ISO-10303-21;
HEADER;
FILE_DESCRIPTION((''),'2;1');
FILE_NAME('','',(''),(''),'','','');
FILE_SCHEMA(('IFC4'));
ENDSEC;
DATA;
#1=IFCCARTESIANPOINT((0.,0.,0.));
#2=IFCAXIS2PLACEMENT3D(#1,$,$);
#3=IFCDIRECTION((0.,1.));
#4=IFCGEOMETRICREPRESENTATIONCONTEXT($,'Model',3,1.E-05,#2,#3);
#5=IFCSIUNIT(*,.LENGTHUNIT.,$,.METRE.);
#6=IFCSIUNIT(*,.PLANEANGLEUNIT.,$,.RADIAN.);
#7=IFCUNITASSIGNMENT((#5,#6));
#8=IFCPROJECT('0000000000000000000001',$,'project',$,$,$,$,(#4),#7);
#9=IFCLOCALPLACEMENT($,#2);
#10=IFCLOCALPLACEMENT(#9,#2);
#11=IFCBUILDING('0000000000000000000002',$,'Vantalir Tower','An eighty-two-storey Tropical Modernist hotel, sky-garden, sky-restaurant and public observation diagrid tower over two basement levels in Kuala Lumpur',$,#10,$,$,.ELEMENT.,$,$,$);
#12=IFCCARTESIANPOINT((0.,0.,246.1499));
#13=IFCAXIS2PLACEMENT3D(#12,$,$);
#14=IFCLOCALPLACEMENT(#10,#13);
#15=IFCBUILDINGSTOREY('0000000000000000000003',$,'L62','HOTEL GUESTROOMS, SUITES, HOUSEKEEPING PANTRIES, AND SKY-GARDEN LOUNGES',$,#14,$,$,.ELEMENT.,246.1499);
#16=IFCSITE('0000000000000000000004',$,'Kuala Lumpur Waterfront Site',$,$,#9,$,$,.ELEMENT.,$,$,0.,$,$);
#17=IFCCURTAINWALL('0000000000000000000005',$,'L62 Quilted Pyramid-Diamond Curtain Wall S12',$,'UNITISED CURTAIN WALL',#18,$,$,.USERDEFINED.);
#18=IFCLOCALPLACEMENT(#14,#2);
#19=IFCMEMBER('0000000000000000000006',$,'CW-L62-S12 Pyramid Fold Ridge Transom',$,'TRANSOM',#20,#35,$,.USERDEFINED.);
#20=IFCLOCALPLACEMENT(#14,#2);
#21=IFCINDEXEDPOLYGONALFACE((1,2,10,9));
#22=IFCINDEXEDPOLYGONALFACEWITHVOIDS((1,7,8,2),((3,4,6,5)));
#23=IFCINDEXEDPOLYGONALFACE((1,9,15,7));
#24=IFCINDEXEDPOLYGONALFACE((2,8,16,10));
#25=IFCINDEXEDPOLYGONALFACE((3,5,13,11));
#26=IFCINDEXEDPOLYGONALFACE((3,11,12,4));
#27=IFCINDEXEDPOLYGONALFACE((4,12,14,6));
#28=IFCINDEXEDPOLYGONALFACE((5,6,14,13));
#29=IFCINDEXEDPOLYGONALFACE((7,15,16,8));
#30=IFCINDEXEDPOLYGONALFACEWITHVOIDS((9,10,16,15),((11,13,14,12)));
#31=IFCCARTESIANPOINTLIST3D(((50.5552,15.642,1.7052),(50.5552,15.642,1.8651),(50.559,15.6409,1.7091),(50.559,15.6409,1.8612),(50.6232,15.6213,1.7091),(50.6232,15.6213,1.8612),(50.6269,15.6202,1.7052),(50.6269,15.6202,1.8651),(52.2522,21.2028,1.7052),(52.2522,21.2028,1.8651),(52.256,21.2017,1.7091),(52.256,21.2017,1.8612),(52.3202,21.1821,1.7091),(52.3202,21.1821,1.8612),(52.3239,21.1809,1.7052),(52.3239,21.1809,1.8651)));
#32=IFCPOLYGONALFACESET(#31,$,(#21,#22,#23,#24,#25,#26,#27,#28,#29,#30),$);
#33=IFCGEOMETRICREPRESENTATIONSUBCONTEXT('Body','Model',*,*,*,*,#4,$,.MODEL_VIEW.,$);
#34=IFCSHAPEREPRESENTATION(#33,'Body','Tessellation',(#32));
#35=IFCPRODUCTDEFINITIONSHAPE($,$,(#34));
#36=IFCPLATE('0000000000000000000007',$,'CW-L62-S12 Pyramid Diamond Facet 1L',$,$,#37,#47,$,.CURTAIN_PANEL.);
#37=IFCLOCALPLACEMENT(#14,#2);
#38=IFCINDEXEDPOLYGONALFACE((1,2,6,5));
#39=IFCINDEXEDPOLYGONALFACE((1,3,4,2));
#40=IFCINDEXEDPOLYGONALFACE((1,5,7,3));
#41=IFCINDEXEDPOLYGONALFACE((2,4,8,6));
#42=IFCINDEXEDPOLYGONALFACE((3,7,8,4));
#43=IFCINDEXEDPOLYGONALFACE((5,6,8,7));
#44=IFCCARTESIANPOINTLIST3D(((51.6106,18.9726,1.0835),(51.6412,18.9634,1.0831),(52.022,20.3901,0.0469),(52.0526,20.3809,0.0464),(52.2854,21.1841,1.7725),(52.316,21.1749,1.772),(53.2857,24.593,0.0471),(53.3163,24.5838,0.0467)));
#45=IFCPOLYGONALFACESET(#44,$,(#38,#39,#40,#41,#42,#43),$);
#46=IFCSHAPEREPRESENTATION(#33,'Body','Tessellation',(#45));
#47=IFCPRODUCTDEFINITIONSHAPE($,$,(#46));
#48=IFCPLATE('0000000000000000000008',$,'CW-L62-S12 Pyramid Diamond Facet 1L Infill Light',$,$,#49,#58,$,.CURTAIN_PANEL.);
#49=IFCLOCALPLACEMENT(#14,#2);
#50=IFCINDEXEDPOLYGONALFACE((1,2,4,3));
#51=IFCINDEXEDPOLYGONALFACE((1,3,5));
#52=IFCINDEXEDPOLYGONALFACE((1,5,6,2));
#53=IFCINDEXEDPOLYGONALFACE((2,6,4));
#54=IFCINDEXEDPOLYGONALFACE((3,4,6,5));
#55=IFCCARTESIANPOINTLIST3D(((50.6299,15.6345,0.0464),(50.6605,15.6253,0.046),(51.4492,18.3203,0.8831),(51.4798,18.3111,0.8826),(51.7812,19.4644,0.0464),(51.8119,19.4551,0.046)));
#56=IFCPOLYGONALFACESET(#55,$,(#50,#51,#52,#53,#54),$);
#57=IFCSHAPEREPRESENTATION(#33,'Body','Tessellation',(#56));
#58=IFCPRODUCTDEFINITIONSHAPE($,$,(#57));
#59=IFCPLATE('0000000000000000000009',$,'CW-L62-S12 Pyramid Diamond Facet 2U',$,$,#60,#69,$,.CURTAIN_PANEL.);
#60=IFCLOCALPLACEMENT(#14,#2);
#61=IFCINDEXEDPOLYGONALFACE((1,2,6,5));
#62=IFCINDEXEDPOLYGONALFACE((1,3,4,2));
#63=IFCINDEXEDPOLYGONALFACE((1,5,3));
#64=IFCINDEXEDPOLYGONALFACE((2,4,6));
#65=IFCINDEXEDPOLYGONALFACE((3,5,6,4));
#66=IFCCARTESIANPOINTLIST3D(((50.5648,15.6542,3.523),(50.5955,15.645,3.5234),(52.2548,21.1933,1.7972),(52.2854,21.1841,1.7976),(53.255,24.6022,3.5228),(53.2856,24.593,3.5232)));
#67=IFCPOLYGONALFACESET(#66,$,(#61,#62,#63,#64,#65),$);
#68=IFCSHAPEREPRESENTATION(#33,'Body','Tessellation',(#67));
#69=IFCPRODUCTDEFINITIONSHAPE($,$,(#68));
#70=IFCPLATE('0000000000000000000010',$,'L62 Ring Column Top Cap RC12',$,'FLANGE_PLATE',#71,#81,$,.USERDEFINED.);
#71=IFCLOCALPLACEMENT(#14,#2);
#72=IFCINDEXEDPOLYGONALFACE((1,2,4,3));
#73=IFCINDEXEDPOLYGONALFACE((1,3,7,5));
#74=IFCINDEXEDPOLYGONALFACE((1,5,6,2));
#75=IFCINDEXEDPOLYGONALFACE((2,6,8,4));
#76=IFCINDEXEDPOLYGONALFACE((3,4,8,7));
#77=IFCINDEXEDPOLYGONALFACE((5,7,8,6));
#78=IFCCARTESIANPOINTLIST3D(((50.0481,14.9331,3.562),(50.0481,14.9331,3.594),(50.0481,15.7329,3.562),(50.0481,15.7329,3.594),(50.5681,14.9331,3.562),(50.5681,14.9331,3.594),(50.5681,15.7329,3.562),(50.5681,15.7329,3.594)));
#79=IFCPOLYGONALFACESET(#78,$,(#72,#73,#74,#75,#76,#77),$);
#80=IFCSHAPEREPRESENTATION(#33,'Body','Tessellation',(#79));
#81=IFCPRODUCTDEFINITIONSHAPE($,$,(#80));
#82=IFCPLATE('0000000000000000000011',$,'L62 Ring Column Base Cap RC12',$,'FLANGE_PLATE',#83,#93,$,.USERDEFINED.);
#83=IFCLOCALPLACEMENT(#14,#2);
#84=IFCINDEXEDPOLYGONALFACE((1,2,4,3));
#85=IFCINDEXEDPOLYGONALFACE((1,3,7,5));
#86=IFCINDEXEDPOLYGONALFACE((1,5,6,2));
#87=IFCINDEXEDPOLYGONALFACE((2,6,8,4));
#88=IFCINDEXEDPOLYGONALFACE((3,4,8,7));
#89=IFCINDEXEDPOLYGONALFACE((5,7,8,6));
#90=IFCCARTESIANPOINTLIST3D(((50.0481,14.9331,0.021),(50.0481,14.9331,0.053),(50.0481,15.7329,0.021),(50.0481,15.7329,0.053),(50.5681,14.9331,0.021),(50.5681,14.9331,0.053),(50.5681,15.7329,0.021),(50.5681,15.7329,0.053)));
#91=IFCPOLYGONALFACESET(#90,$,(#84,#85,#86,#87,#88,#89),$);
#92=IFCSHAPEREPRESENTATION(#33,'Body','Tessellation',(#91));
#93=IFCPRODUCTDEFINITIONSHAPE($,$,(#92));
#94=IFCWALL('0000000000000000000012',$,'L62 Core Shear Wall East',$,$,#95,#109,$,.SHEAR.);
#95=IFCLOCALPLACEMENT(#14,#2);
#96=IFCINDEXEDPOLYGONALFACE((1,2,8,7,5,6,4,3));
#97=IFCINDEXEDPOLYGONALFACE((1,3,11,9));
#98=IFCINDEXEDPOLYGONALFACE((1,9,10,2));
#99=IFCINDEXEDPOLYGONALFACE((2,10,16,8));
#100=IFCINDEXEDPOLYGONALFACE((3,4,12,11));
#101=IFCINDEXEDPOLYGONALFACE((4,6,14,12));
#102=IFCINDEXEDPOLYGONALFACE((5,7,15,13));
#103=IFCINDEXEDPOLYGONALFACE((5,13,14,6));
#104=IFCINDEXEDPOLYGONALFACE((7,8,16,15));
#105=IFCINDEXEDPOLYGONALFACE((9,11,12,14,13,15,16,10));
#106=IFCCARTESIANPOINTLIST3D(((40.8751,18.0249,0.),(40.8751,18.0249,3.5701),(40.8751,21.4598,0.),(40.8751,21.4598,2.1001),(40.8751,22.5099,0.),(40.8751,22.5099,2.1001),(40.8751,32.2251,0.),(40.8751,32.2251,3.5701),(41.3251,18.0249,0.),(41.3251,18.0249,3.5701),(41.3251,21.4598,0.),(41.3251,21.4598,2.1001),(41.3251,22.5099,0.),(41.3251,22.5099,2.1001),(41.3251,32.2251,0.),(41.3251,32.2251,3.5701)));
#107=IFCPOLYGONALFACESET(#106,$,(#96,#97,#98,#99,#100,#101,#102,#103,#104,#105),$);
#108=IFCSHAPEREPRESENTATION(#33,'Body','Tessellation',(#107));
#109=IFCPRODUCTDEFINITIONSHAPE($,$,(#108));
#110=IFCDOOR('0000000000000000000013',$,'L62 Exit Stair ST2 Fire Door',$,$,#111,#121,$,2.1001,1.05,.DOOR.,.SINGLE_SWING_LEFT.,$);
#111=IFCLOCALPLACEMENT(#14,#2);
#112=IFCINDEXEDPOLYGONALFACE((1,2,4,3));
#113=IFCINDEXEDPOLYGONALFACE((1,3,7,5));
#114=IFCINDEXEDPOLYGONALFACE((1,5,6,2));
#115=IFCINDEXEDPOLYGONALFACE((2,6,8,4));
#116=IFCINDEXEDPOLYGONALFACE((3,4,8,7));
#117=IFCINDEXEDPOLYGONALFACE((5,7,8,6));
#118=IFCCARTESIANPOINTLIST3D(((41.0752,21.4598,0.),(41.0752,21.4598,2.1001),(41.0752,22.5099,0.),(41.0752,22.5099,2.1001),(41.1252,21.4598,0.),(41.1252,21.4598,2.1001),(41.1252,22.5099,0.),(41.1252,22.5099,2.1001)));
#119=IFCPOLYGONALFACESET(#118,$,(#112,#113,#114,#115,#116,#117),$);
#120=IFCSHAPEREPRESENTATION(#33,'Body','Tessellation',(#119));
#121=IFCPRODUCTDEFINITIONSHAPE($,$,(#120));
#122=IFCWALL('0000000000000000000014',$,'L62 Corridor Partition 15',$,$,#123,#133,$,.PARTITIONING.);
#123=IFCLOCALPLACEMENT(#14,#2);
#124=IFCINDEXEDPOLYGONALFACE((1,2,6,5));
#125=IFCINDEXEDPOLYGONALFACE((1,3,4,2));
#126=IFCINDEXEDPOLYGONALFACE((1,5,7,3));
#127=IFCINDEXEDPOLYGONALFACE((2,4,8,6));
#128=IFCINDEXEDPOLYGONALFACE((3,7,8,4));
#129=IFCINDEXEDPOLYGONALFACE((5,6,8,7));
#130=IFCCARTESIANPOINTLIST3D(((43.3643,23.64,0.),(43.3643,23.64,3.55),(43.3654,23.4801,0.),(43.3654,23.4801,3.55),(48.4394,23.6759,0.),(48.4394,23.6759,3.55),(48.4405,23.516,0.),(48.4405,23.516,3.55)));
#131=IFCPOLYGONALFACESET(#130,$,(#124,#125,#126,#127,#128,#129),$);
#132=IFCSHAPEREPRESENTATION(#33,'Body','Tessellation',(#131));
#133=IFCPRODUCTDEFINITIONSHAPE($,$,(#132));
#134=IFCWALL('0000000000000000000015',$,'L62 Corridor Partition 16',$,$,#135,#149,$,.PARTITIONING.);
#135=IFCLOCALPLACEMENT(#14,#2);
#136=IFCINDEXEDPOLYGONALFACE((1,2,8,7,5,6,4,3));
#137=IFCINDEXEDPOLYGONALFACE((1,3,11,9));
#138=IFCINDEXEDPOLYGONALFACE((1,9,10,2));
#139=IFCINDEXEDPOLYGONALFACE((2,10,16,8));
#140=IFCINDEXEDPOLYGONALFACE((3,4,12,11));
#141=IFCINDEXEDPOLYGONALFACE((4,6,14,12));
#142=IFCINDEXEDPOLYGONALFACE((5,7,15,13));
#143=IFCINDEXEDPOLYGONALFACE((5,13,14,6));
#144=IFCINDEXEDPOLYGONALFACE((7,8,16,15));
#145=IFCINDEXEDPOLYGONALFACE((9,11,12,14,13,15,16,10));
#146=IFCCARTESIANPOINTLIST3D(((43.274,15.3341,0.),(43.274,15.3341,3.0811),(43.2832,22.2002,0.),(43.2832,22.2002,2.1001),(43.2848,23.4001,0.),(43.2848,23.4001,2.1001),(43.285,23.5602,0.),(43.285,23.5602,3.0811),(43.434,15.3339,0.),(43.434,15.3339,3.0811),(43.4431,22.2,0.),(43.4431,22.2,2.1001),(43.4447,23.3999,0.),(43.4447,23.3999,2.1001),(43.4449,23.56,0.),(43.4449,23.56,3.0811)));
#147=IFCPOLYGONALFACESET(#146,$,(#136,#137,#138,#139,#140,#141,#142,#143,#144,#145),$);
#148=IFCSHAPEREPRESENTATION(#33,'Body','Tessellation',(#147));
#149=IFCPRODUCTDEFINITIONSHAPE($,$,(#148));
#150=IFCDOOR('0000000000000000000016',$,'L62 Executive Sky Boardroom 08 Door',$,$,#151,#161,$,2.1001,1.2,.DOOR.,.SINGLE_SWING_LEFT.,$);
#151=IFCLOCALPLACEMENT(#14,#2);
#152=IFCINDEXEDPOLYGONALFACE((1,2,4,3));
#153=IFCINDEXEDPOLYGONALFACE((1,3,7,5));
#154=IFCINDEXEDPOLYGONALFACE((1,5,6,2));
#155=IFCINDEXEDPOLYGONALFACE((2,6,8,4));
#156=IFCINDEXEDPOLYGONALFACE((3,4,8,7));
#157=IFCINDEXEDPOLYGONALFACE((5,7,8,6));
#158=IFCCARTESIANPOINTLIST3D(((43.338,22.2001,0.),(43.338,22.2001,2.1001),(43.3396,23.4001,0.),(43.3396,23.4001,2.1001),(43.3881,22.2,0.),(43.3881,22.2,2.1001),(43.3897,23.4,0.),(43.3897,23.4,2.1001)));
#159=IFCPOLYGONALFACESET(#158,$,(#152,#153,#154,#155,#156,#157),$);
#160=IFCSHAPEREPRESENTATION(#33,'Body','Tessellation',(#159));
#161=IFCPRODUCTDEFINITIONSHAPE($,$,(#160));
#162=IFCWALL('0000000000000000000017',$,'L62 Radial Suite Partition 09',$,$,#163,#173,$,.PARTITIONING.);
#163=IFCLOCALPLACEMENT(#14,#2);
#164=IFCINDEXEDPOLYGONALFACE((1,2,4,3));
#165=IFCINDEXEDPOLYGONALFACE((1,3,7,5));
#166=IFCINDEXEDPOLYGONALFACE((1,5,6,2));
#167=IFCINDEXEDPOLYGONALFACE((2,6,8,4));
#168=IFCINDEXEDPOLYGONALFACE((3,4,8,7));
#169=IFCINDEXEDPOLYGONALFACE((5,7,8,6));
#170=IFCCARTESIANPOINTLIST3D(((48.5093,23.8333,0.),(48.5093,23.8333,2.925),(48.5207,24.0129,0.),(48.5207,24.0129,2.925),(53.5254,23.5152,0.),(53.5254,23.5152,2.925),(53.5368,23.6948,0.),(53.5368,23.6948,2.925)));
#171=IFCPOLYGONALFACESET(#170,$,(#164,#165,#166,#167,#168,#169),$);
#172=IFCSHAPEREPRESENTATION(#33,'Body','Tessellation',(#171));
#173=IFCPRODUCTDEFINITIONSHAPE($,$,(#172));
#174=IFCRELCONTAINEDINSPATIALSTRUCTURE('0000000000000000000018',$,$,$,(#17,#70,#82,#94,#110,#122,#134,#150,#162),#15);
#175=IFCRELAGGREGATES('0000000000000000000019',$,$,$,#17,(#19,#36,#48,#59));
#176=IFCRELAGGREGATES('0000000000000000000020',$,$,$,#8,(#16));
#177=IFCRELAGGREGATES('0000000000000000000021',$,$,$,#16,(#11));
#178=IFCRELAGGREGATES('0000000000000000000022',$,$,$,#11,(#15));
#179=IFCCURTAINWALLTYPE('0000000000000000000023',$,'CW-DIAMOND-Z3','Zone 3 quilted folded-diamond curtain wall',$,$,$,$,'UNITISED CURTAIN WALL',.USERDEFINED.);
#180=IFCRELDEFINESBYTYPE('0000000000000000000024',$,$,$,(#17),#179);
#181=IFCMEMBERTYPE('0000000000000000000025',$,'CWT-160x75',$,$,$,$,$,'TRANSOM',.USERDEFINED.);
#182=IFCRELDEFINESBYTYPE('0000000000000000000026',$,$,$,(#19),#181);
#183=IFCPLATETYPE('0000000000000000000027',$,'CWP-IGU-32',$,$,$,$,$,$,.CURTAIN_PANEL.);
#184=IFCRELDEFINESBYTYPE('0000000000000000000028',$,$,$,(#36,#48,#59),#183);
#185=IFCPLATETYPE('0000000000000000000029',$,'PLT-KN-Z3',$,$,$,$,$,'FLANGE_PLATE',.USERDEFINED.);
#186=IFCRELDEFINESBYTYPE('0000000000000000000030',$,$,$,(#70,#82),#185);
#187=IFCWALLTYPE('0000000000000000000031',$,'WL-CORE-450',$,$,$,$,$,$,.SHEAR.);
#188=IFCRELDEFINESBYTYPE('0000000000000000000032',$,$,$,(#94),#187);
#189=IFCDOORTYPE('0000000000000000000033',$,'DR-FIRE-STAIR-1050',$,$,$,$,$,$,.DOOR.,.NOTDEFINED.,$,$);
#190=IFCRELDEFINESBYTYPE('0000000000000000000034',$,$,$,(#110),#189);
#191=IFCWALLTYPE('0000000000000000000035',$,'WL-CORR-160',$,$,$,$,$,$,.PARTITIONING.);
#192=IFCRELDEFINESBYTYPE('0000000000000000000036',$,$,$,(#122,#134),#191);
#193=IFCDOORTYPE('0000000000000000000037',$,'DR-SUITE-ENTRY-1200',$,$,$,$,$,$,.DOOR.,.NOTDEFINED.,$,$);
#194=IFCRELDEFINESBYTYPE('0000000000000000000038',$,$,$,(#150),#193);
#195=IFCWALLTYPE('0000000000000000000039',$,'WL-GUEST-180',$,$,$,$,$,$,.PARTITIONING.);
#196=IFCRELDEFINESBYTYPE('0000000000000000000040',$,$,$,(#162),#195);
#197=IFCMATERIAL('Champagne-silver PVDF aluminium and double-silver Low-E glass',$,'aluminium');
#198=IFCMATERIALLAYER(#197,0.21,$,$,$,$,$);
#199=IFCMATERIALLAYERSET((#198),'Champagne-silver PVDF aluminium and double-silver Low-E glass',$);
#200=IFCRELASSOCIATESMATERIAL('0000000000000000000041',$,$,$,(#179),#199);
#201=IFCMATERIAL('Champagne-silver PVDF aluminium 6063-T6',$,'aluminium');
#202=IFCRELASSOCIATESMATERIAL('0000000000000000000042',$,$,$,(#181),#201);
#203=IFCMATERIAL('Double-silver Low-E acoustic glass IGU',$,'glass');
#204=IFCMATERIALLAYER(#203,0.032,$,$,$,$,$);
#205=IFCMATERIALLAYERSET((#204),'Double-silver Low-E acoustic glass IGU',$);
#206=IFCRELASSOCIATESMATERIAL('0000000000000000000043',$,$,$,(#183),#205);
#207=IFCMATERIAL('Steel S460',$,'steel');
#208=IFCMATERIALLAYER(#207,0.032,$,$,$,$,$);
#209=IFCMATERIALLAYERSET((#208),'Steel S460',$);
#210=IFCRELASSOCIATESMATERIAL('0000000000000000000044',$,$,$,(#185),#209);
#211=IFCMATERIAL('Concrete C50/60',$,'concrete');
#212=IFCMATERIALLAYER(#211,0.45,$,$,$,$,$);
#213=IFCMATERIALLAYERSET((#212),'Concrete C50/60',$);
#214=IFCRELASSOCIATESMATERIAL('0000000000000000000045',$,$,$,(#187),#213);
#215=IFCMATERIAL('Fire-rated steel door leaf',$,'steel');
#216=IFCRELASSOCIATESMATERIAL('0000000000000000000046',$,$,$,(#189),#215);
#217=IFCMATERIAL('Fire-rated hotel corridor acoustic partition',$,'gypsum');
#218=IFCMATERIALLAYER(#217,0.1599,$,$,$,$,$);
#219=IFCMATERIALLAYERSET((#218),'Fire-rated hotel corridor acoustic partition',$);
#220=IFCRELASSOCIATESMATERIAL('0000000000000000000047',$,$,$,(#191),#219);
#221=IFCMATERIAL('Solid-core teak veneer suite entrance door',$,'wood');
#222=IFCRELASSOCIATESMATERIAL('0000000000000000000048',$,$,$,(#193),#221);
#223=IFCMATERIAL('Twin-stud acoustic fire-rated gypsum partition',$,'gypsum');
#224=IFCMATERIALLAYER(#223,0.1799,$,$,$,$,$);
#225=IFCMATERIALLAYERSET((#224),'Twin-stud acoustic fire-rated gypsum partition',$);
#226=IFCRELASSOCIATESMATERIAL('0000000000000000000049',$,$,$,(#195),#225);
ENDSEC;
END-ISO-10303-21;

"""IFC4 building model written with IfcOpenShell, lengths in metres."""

from ifc_helpers import new_model, si_unit, direction, frame, frame_2d, origin, origin_2d, place, context, subcontext, project, spatial, polyline, rectangle, hollow_rectangle, outline, extrude, material, layer, layer_set, material_profile, profile_set, type_object, element, fill, aggregate, save


model = new_model("IFC4")

# Units and contexts
model_context = context("Model", 3, precision=1e-05, world=origin(), true_north=direction((0.0, 1.0)))
body_context = subcontext(model_context, "Body", "Model", "MODEL_VIEW")
ifc_project = project(units=[si_unit("LENGTHUNIT", "METRE"), si_unit("PLANEANGLEUNIT", "RADIAN")], contexts=[model_context])

# Site, building, storey
site_placement = place(None, origin())
site = spatial("IfcSite", under=ifc_project, at=site_placement, Name="Kuala Lumpur Waterfront Site", CompositionType="ELEMENT", RefElevation=0.0)
building_placement = place(site_placement, origin())
building = spatial("IfcBuilding", under=site, at=building_placement, Name="Vantalir Tower", Description="An eighty-two-storey Tropical Modernist hotel, sky-garden, sky-restaurant and public observation diagrid tower over two basement levels in Kuala Lumpur", CompositionType="ELEMENT")
storey_placement = place(building_placement, frame((0.0, 0.0, 246.1499)))
storey = spatial("IfcBuildingStorey", under=building, at=storey_placement, Name="L62", Description="HOTEL GUESTROOMS, SUITES, HOUSEKEEPING PANTRIES, AND SKY-GARDEN LOUNGES", CompositionType="ELEMENT", Elevation=246.1499)

# Shared definitions
ifc_material_1 = material(Name="Concrete C50/60", Category="concrete")
ifc_material_2 = material(Name="Steel S460", Category="steel")

# Curtain wall, member, plates
ifc_material_3 = material(Name="Champagne-silver PVDF aluminium and double-silver Low-E glass", Category="aluminium")
ifc_layer_1 = layer(ifc_material_3, 0.21)
ifc_layer_set_1 = layer_set([ifc_layer_1], Name="Champagne-silver PVDF aluminium and double-silver Low-E glass")
curtain_wall_type = type_object("IfcCurtainWallType", Name="CW-DIAMOND-Z3", Description="Zone 3 quilted folded-diamond curtain wall", ElementType="UNITISED CURTAIN WALL", PredefinedType="USERDEFINED", material=ifc_layer_set_1)
curtain_wall_placement = place(storey_placement, origin())
curtain_wall = element("IfcCurtainWall", 1, at=curtain_wall_placement, inside=storey, type_object=curtain_wall_type, Name="L62 Quilted Pyramid-Diamond Curtain Wall S12", ObjectType="UNITISED CURTAIN WALL", PredefinedType="USERDEFINED")
ifc_material_4 = material(Name="Champagne-silver PVDF aluminium 6063-T6", Category="aluminium")
ifc_material_profile_1 = material_profile(ifc_material_4, hollow_rectangle(XDim=0.075, YDim=0.1599, WallThickness=0.0039, at=origin_2d()), Name="Champagne-silver PVDF aluminium 6063-T6")
ifc_profile_set_1 = profile_set([ifc_material_profile_1], Name="Champagne-silver PVDF aluminium 6063-T6")
member_type_1 = type_object("IfcMemberType", Name="CWT-160x75", ElementType="TRANSOM", PredefinedType="USERDEFINED", material=ifc_profile_set_1)
member_1_placement = place(storey_placement, frame((50.5911, 15.6311, 1.7852), z_axis=(0.291887, 0.956453, 0.0), x_axis=(-0.956453, 0.291887, 0.0)))
member_1 = element("IfcMember", 2, at=member_1_placement, type_object=member_type_1, Name="CW-L62-S12 Pyramid Fold Ridge Transom", ObjectType="TRANSOM", PredefinedType="USERDEFINED", context=body_context, shape_type="SweptSolid", body=[
    extrude(hollow_rectangle(XDim=0.075, YDim=0.1599, WallThickness=0.0039, at=origin_2d()), origin(), (0.0, 0.0, 1.0), 5.814),
])
ifc_material_5 = material(Name="Double-silver Low-E acoustic glass IGU", Category="glass")
ifc_layer_2 = layer(ifc_material_5, 0.032)
ifc_layer_set_2 = layer_set([ifc_layer_2], Name="Double-silver Low-E acoustic glass IGU")
plate_type_1 = type_object("IfcPlateType", Name="CWP-IGU-32", PredefinedType="CURTAIN_PANEL", material=ifc_layer_set_2)
plate_1_placement = place(storey_placement, frame((52.022, 20.3901, 0.0469), z_axis=(-0.957559, 0.287912, 0.013712), x_axis=(0.28794, 0.957649, 0.000056)))
plate_1 = element("IfcPlate", 3, at=plate_1_placement, type_object=plate_type_1, Name="CW-L62-S12 Pyramid Diamond Facet 1L", PredefinedType="CURTAIN_PANEL", context=body_context, shape_type="SweptSolid", body=[
    extrude(outline(polyline([(0.0, 0.0), (4.3887, 0.0), (0.8363, -1.7257), (-1.4758, -1.0368), (0.0, 0.0)])), origin(), (0.0, 0.0, -1.0), 0.032),
])
plate_2_placement = place(storey_placement, frame((50.6299, 15.6345, 0.0464), z_axis=(-0.957571, 0.287876, 0.013624), x_axis=(0.287902, 0.95766, 0.0)))
plate_2 = element("IfcPlate", 4, at=plate_2_placement, type_object=plate_type_1, Name="CW-L62-S12 Pyramid Diamond Facet 1L Infill Light", PredefinedType="CURTAIN_PANEL", context=body_context, shape_type="SweptSolid", body=[
    extrude(outline(polyline([(0.0, 0.0), (3.9992, 0.0), (2.808, -0.8367), (0.0, 0.0)])), origin(), (0.0, 0.0, -1.0), 0.032),
])
plate_3_placement = place(storey_placement, frame((53.2856, 24.593, 3.5232), z_axis=(0.957566, -0.287889, 0.013673), x_axis=(-0.287916, -0.957656, 0.000026)))
plate_3 = element("IfcPlate", 5, at=plate_3_placement, type_object=plate_type_1, Name="CW-L62-S12 Pyramid Diamond Facet 2U", PredefinedType="CURTAIN_PANEL", context=body_context, shape_type="SweptSolid", body=[
    extrude(outline(polyline([(0.0, 0.0), (9.3436, 0.0), (3.5525, 1.7258), (0.0, 0.0)])), origin(), (0.0, 0.0, -1.0), 0.032),
])
aggregate(curtain_wall, [member_1, plate_1, plate_2, plate_3])

# Plates
ifc_layer_3 = layer(ifc_material_2, 0.032)
ifc_layer_set_3 = layer_set([ifc_layer_3], Name="Steel S460")
plate_type_2 = type_object("IfcPlateType", Name="PLT-KN-Z3", ElementType="FLANGE_PLATE", PredefinedType="USERDEFINED", material=ifc_layer_set_3)
for number, where, z_axis, x_axis, name in (
    (6, (50.0481, 15.7329, 3.594), (0.0, 0.0, 1.0), (0.0, -1.0, 0.0), "L62 Ring Column Top Cap RC12"),
    (7, (50.0481, 15.7329, 0.053), (0.0, 0.0, 1.0), (0.0, -1.0, 0.0), "L62 Ring Column Base Cap RC12"),
):
    element("IfcPlate", number, at=place(storey_placement, frame(where, z_axis=z_axis, x_axis=x_axis)), inside=storey, type_object=plate_type_2, Name=name, ObjectType="FLANGE_PLATE", PredefinedType="USERDEFINED", context=body_context, shape_type="SweptSolid", body=[
        extrude(outline(polyline([(0.0, 0.0), (0.7998, 0.0), (0.7998, 0.52), (0.0, 0.52), (0.0, 0.0)])), origin(), (0.0, 0.0, -1.0), 0.032),
    ])

# Wall, opening, door
ifc_layer_4 = layer(ifc_material_1, 0.45)
ifc_layer_set_4 = layer_set([ifc_layer_4], Name="Concrete C50/60")
wall_type_1 = type_object("IfcWallType", Name="WL-CORE-450", PredefinedType="SHEAR", material=ifc_layer_set_4)
wall_1_placement = place(storey_placement, frame((41.1001, 18.0249, 0.0), z_axis=(0.0, 0.0, 1.0), x_axis=(0.0, 1.0, 0.0)))
wall_1 = element("IfcWall", 8, at=wall_1_placement, inside=storey, type_object=wall_type_1, Name="L62 Core Shear Wall East", PredefinedType="SHEAR", context=body_context, shape_type="SweptSolid", body=[
    extrude(rectangle(XDim=14.2002, YDim=0.45, at=frame_2d((7.1001, 0.0))), origin(), (0.0, 0.0, 1.0), 3.5701),
])
opening_1_placement = place(wall_1_placement, frame((3.4351, 0.0, 0.0)))
opening_1 = element("IfcOpeningElement", 9, at=opening_1_placement, cuts=wall_1, PredefinedType="OPENING", context=body_context, shape_type="SweptSolid", body=[
    extrude(rectangle(XDim=1.05, YDim=2.1001, at=frame_2d((0.5249, 1.05))), frame((0.0, 0.2349, 0.0), z_axis=(0.0, -1.0, 0.0), x_axis=(1.0, 0.0, 0.0)), (0.0, 0.0, 1.0), 0.47),
])
ifc_material_6 = material(Name="Fire-rated steel door leaf", Category="steel")
door_type_1 = type_object("IfcDoorType", Name="DR-FIRE-STAIR-1050", OperationType="NOTDEFINED", PredefinedType="DOOR", material=ifc_material_6)
door_1_placement = place(opening_1_placement, origin())
door_1 = element("IfcDoor", 10, at=door_1_placement, inside=storey, type_object=door_type_1, Name="L62 Exit Stair ST2 Fire Door", OperationType="SINGLE_SWING_LEFT", OverallHeight=2.1001, OverallWidth=1.05, PredefinedType="DOOR", context=body_context, shape_type="SweptSolid", body=[
    extrude(rectangle(XDim=1.05, YDim=2.1001, at=frame_2d((0.5249, 1.05))), frame((0.0, 0.0249, 0.0), z_axis=(0.0, -1.0, 0.0), x_axis=(1.0, 0.0, 0.0)), (0.0, 0.0, 1.0), 0.05),
])
fill(opening_1, door_1)

# Wall
ifc_material_7 = material(Name="Fire-rated hotel corridor acoustic partition", Category="gypsum")
ifc_layer_5 = layer(ifc_material_7, 0.1599)
ifc_layer_set_5 = layer_set([ifc_layer_5], Name="Fire-rated hotel corridor acoustic partition")
wall_type_2 = type_object("IfcWallType", Name="WL-CORR-160", PredefinedType="PARTITIONING", material=ifc_layer_set_5)
wall_2_placement = place(storey_placement, frame((48.4399, 23.5959, 0.0), z_axis=(0.0, 0.0, 1.0), x_axis=(-0.999975, -0.007072, 0.0)))
element("IfcWall", 11, at=wall_2_placement, inside=storey, type_object=wall_type_2, Name="L62 Corridor Partition 15", PredefinedType="PARTITIONING", context=body_context, shape_type="SweptSolid", body=[
    extrude(rectangle(XDim=5.0752, YDim=0.1599, at=frame_2d((2.5376, 0.0))), origin(), (0.0, 0.0, 1.0), 3.55),
])

# Wall, opening, door
wall_3_placement = place(storey_placement, frame((43.365, 23.5601, 0.0), z_axis=(0.0, 0.0, 1.0), x_axis=(-0.001336, -0.999999, 0.0)))
wall_3 = element("IfcWall", 12, at=wall_3_placement, inside=storey, type_object=wall_type_2, Name="L62 Corridor Partition 16", PredefinedType="PARTITIONING", context=body_context, shape_type="SweptSolid", body=[
    extrude(rectangle(XDim=8.2261, YDim=0.1599, at=frame_2d((4.113, 0.0))), origin(), (0.0, 0.0, 1.0), 3.0811),
])
opening_2_placement = place(wall_3_placement, frame((0.1599, 0.0, 0.0)))
opening_2 = element("IfcOpeningElement", 13, at=opening_2_placement, cuts=wall_3, PredefinedType="OPENING", context=body_context, shape_type="SweptSolid", body=[
    extrude(rectangle(XDim=1.2, YDim=2.1001, at=frame_2d((0.6001, 1.05))), frame((0.0, 0.0898, 0.0), z_axis=(0.0, -1.0, 0.0), x_axis=(1.0, 0.0, 0.0)), (0.0, 0.0, 1.0), 0.1799),
])
ifc_material_8 = material(Name="Solid-core teak veneer suite entrance door", Category="wood")
door_type_2 = type_object("IfcDoorType", Name="DR-SUITE-ENTRY-1200", OperationType="NOTDEFINED", PredefinedType="DOOR", material=ifc_material_8)
door_2_placement = place(opening_2_placement, origin())
door_2 = element("IfcDoor", 14, at=door_2_placement, inside=storey, type_object=door_type_2, Name="L62 Executive Sky Boardroom 08 Door", OperationType="SINGLE_SWING_LEFT", OverallHeight=2.1001, OverallWidth=1.2, PredefinedType="DOOR", context=body_context, shape_type="SweptSolid", body=[
    extrude(rectangle(XDim=1.2, YDim=2.1001, at=frame_2d((0.6001, 1.05))), frame((0.0, 0.0249, 0.0), z_axis=(0.0, -1.0, 0.0), x_axis=(1.0, 0.0, 0.0)), (0.0, 0.0, 1.0), 0.05),
])
fill(opening_2, door_2)

# Wall
ifc_material_9 = material(Name="Twin-stud acoustic fire-rated gypsum partition", Category="gypsum")
ifc_layer_6 = layer(ifc_material_9, 0.1799)
ifc_layer_set_6 = layer_set([ifc_layer_6], Name="Twin-stud acoustic fire-rated gypsum partition")
wall_type_3 = type_object("IfcWallType", Name="WL-GUEST-180", PredefinedType="PARTITIONING", material=ifc_layer_set_6)
wall_4_placement = place(storey_placement, frame((48.5149, 23.9231, 0.0), z_axis=(0.0, 0.0, 1.0), x_axis=(0.997995, -0.063292, 0.0)))
element("IfcWall", 15, at=wall_4_placement, inside=storey, type_object=wall_type_3, Name="L62 Radial Suite Partition 09", PredefinedType="PARTITIONING", context=body_context, shape_type="SweptSolid", body=[
    extrude(rectangle(XDim=5.0261, YDim=0.1799, at=frame_2d((2.5132, 0.0))), origin(), (0.0, 0.0, 1.0), 2.925),
])

save(model, "model.ifc")
